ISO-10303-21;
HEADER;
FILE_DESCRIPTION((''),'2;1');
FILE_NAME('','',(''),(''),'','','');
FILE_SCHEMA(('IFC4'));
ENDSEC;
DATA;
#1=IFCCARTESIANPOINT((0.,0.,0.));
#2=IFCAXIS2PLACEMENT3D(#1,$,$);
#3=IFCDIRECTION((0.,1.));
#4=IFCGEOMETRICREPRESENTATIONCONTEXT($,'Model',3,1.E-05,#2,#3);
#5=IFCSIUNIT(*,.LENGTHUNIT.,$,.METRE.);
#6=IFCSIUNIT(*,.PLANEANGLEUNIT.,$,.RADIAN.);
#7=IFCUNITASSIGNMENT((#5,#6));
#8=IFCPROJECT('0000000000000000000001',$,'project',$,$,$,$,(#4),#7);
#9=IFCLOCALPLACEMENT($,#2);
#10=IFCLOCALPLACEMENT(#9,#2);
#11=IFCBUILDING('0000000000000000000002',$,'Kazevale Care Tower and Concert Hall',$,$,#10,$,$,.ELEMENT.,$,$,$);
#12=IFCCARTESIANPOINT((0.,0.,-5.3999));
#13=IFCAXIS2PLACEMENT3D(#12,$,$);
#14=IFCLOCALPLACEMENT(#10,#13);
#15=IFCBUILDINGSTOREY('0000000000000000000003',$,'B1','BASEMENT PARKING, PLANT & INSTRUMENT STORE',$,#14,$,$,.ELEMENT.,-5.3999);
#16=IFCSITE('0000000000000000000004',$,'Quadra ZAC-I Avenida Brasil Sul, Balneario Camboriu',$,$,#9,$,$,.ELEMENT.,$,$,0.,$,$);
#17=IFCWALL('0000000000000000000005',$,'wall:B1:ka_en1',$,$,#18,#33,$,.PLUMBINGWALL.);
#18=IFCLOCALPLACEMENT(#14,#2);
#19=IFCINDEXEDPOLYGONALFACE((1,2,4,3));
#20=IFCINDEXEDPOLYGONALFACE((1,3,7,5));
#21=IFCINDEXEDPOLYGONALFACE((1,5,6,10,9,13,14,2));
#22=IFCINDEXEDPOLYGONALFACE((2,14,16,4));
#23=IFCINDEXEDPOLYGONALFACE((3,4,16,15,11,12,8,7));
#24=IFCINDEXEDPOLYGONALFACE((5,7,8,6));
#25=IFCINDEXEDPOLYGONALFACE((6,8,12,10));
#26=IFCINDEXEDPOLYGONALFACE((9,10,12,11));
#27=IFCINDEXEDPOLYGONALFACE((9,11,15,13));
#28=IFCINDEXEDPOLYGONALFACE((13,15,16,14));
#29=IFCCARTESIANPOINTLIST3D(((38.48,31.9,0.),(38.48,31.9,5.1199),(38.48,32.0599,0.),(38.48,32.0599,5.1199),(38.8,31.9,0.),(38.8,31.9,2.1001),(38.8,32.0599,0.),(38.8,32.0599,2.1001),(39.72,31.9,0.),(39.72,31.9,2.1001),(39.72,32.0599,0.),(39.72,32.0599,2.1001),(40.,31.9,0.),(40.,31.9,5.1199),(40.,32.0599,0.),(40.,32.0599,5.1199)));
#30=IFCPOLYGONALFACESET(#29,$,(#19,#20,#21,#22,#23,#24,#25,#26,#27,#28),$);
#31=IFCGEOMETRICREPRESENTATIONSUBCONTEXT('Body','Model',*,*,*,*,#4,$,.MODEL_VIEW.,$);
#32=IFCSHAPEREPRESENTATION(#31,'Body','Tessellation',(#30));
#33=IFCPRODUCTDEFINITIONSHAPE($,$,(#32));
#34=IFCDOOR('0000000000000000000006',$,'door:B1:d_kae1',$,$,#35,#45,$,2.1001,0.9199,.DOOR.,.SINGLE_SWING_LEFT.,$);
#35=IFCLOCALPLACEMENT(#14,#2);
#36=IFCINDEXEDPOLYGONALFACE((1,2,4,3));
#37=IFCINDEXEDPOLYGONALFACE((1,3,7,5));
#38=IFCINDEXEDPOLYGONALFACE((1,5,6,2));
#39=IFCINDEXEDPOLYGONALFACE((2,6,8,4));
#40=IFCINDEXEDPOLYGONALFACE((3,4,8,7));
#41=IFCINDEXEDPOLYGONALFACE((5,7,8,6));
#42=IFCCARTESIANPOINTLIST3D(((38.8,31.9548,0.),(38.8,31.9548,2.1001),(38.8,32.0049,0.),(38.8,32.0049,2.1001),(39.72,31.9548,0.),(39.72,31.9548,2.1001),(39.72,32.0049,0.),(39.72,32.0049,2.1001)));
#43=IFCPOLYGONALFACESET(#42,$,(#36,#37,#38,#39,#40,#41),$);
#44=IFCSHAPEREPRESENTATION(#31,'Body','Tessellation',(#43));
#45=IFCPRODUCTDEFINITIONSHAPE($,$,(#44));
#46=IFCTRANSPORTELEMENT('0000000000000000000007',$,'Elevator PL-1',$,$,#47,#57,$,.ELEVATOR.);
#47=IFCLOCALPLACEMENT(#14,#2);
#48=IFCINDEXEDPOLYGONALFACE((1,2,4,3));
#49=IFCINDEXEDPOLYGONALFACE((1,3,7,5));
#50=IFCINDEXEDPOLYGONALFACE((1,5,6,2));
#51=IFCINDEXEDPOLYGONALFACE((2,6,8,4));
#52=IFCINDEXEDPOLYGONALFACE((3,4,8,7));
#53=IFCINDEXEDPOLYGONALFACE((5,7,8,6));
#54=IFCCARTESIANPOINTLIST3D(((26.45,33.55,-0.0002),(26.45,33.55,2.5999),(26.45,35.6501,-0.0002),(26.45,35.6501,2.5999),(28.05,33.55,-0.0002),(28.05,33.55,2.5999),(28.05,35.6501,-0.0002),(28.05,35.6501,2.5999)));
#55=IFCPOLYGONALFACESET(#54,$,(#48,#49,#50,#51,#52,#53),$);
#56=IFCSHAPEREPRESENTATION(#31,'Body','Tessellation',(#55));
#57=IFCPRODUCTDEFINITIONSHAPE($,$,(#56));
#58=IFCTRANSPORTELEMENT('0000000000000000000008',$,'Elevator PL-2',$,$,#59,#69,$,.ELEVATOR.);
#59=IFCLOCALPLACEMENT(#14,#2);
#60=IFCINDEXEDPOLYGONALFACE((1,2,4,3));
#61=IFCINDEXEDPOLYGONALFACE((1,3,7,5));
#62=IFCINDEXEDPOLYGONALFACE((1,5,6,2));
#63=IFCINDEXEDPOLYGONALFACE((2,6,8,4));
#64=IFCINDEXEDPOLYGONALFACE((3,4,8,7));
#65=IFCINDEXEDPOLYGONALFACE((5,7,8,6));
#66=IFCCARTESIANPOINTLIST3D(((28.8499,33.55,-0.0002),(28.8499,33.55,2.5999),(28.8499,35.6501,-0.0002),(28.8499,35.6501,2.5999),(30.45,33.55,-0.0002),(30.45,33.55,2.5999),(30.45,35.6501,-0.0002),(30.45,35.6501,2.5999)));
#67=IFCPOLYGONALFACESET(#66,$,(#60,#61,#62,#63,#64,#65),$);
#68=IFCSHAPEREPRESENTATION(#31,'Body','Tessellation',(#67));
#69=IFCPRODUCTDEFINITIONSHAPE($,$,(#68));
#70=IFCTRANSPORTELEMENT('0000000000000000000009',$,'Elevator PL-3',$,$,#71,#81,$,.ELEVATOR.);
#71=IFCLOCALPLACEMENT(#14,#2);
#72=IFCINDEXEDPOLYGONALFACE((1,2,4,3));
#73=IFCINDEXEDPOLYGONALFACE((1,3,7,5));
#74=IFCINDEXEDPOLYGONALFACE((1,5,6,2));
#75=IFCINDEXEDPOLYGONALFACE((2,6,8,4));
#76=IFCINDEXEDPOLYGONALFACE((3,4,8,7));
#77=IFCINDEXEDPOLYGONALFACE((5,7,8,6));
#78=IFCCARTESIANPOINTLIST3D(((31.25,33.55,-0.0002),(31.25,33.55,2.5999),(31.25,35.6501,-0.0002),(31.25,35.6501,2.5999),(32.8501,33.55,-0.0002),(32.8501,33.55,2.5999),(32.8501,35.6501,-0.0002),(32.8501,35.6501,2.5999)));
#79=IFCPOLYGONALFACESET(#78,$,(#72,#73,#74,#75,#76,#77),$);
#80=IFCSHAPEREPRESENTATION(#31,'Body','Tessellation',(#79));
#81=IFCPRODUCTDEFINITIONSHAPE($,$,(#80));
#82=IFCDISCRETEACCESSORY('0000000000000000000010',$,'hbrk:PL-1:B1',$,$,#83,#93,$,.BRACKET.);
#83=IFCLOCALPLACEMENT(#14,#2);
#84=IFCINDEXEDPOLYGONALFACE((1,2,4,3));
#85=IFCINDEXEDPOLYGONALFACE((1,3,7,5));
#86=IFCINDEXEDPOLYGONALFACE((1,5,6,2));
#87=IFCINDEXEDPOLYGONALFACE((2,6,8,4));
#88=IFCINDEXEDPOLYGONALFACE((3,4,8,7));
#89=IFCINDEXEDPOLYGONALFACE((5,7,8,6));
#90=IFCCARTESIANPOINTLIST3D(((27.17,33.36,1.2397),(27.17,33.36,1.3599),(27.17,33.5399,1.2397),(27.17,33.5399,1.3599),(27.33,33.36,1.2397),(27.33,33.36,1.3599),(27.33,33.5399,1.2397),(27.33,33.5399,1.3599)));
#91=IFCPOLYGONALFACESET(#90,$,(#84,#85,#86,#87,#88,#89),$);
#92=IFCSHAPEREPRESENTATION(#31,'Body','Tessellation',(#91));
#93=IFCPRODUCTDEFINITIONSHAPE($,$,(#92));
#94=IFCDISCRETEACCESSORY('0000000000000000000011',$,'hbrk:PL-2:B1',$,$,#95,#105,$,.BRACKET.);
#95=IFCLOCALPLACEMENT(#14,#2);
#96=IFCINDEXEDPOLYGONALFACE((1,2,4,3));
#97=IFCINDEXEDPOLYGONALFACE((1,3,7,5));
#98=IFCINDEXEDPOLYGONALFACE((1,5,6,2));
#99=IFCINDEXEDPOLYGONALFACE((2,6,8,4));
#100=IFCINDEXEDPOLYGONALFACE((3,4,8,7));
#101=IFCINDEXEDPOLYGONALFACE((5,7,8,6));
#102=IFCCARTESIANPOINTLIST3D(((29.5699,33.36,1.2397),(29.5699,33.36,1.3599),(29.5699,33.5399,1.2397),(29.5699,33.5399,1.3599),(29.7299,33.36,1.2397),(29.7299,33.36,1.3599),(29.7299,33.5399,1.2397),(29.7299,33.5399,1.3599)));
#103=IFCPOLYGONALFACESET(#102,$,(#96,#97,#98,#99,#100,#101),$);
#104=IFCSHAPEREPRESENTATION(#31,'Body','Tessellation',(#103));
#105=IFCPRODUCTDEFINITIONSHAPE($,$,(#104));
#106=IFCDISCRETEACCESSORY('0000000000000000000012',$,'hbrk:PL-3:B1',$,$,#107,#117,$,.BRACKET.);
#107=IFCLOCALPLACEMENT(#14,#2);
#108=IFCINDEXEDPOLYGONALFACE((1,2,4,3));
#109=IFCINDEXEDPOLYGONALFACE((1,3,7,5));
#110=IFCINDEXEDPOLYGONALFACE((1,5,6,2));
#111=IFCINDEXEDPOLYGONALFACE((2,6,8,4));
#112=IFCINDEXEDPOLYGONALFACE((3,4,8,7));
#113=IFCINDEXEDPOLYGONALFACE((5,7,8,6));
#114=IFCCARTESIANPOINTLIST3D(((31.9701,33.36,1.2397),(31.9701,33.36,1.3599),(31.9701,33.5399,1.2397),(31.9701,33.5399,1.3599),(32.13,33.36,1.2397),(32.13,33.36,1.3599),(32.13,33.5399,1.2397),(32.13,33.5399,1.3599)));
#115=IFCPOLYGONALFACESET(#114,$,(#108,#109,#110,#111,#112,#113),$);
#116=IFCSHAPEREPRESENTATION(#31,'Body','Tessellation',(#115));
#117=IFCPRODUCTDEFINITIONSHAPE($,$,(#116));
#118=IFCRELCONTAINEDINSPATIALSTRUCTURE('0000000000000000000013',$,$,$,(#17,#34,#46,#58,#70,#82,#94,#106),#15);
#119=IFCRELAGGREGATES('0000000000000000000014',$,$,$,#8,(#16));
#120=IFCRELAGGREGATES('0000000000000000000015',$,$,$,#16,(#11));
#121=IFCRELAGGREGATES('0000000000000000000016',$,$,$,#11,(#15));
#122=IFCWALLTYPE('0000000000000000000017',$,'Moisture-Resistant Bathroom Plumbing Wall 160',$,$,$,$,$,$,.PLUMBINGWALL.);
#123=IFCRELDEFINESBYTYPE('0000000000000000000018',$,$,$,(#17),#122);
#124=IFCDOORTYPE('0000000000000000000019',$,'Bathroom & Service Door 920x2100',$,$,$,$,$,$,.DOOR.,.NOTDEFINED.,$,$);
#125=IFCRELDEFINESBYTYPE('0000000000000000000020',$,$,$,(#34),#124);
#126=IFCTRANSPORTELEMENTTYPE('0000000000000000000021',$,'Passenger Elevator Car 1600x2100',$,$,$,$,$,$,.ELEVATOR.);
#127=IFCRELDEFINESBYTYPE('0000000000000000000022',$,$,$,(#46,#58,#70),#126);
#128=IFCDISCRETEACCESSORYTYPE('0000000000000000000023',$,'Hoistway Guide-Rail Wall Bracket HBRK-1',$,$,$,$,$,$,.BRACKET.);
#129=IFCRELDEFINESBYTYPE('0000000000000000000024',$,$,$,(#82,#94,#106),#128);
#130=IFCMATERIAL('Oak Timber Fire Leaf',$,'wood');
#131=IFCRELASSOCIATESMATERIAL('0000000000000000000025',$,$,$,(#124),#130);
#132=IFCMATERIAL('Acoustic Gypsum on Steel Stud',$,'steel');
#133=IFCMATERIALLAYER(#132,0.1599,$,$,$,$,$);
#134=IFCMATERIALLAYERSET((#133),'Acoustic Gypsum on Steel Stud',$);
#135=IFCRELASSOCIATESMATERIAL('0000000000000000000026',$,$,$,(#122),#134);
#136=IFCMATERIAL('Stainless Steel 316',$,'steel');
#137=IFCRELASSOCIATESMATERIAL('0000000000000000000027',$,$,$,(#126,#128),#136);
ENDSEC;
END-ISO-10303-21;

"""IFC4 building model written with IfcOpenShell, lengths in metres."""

from ifc_helpers import new_model, si_unit, direction, frame, frame_2d, origin, origin_2d, place, context, subcontext, project, spatial, rectangle, extrude, material, layer, layer_set, type_object, element, fill, save


model = new_model("IFC4")

# Units and contexts
model_context = context("Model", 3, precision=1e-05, world=origin(), true_north=direction((0.0, 1.0)))
body_context = subcontext(model_context, "Body", "Model", "MODEL_VIEW")
ifc_project = project(units=[si_unit("LENGTHUNIT", "METRE"), si_unit("PLANEANGLEUNIT", "RADIAN")], contexts=[model_context])

# Site, building, storey
site_placement = place(None, origin())
site = spatial("IfcSite", under=ifc_project, at=site_placement, Name="Quadra ZAC-I Avenida Brasil Sul, Balneario Camboriu", CompositionType="ELEMENT", RefElevation=0.0)
building_placement = place(site_placement, origin())
building = spatial("IfcBuilding", under=site, at=building_placement, Name="Kazevale Care Tower and Concert Hall", CompositionType="ELEMENT")
storey_placement = place(building_placement, frame((0.0, 0.0, -5.3999)))
storey = spatial("IfcBuildingStorey", under=building, at=storey_placement, Name="B1", Description="BASEMENT PARKING, PLANT & INSTRUMENT STORE", CompositionType="ELEMENT", Elevation=-5.3999)

# Shared definitions
ifc_material_1 = material(Name="Acoustic Gypsum on Steel Stud", Category="steel")
ifc_material_2 = material(Name="Oak Timber Fire Leaf", Category="wood")
door_type_1 = type_object("IfcDoorType", Name="Bathroom & Service Door 920x2100", OperationType="NOTDEFINED", PredefinedType="DOOR", material=ifc_material_2)

# Shared definitions
ifc_material_3 = material(Name="Stainless Steel 316", Category="steel")

# Wall, opening, door
ifc_layer_1 = layer(ifc_material_1, 0.1599)
ifc_layer_set_1 = layer_set([ifc_layer_1], Name="Acoustic Gypsum on Steel Stud")
wall_type_1 = type_object("IfcWallType", Name="Moisture-Resistant Bathroom Plumbing Wall 160", PredefinedType="PLUMBINGWALL", material=ifc_layer_set_1)
wall_1_placement = place(storey_placement, frame((38.48, 31.98, 0.0), z_axis=(0.0, 0.0, 1.0), x_axis=(1.0, 0.0, 0.0)))
wall_1 = element("IfcWall", 1, at=wall_1_placement, inside=storey, type_object=wall_type_1, Name="wall:B1:ka_en1", PredefinedType="PLUMBINGWALL", context=body_context, shape_type="SweptSolid", body=[
    extrude(rectangle(XDim=1.52, YDim=0.1599, at=frame_2d((0.76, 0.0))), origin(), (0.0, 0.0, 1.0), 5.1199),
])
opening_1_placement = place(wall_1_placement, frame((0.3201, 0.0, 0.0)))
opening_1 = element("IfcOpeningElement", 2, at=opening_1_placement, cuts=wall_1, PredefinedType="OPENING", context=body_context, shape_type="SweptSolid", body=[
    extrude(rectangle(XDim=0.9199, YDim=2.1001, at=frame_2d((0.46, 1.05))), frame((0.0, 0.0898, 0.0), z_axis=(0.0, -1.0, 0.0), x_axis=(1.0, 0.0, 0.0)), (0.0, 0.0, 1.0), 0.1799),
])
door_1_placement = place(opening_1_placement, origin())
door_1 = element("IfcDoor", 3, at=door_1_placement, inside=storey, type_object=door_type_1, Name="door:B1:d_kae1", OperationType="SINGLE_SWING_LEFT", OverallHeight=2.1001, OverallWidth=0.9199, PredefinedType="DOOR", context=body_context, shape_type="SweptSolid", body=[
    extrude(rectangle(XDim=0.9199, YDim=2.1001, at=frame_2d((0.46, 1.05))), frame((0.0, 0.0249, 0.0), z_axis=(0.0, -1.0, 0.0), x_axis=(1.0, 0.0, 0.0)), (0.0, 0.0, 1.0), 0.05),
])
fill(opening_1, door_1)

# Transport elements
transport_element_type = type_object("IfcTransportElementType", Name="Passenger Elevator Car 1600x2100", PredefinedType="ELEVATOR", material=ifc_material_3)
for number, where, z_axis, x_axis, name in (
    (4, (27.25, 34.6001, -0.0002), (0.0, 0.0, 1.0), (1.0, 0.0, 0.0), "Elevator PL-1"),
    (5, (29.6499, 34.6001, -0.0002), (0.0, 0.0, 1.0), (1.0, 0.0, 0.0), "Elevator PL-2"),
    (6, (32.05, 34.6001, -0.0002), (0.0, 0.0, 1.0), (1.0, 0.0, 0.0), "Elevator PL-3"),
):
    element("IfcTransportElement", number, at=place(storey_placement, frame(where, z_axis=z_axis, x_axis=x_axis)), inside=storey, type_object=transport_element_type, Name=name, PredefinedType="ELEVATOR", context=body_context, shape_type="SweptSolid", body=[
        extrude(rectangle(XDim=1.6001, YDim=2.1001, at=origin_2d()), origin(), (0.0, 0.0, 1.0), 2.6001),
    ])

# Discrete accessories
discrete_accessory_type = type_object("IfcDiscreteAccessoryType", Name="Hoistway Guide-Rail Wall Bracket HBRK-1", PredefinedType="BRACKET", material=ifc_material_3)
for number, where, z_axis, x_axis, name in (
    (7, (27.25, 33.45, 1.2397), (0.0, 0.0, 1.0), (1.0, 0.0, 0.0), "hbrk:PL-1:B1"),
    (8, (29.6499, 33.45, 1.2397), (0.0, 0.0, 1.0), (1.0, 0.0, 0.0), "hbrk:PL-2:B1"),
    (9, (32.05, 33.45, 1.2397), (0.0, 0.0, 1.0), (1.0, 0.0, 0.0), "hbrk:PL-3:B1"),
):
    element("IfcDiscreteAccessory", number, at=place(storey_placement, frame(where, z_axis=z_axis, x_axis=x_axis)), inside=storey, type_object=discrete_accessory_type, Name=name, PredefinedType="BRACKET", context=body_context, shape_type="SweptSolid", body=[
        extrude(rectangle(XDim=0.1599, YDim=0.1799, at=origin_2d()), origin(), (0.0, 0.0, 1.0), 0.1201),
    ])

save(model, "model.ifc")
